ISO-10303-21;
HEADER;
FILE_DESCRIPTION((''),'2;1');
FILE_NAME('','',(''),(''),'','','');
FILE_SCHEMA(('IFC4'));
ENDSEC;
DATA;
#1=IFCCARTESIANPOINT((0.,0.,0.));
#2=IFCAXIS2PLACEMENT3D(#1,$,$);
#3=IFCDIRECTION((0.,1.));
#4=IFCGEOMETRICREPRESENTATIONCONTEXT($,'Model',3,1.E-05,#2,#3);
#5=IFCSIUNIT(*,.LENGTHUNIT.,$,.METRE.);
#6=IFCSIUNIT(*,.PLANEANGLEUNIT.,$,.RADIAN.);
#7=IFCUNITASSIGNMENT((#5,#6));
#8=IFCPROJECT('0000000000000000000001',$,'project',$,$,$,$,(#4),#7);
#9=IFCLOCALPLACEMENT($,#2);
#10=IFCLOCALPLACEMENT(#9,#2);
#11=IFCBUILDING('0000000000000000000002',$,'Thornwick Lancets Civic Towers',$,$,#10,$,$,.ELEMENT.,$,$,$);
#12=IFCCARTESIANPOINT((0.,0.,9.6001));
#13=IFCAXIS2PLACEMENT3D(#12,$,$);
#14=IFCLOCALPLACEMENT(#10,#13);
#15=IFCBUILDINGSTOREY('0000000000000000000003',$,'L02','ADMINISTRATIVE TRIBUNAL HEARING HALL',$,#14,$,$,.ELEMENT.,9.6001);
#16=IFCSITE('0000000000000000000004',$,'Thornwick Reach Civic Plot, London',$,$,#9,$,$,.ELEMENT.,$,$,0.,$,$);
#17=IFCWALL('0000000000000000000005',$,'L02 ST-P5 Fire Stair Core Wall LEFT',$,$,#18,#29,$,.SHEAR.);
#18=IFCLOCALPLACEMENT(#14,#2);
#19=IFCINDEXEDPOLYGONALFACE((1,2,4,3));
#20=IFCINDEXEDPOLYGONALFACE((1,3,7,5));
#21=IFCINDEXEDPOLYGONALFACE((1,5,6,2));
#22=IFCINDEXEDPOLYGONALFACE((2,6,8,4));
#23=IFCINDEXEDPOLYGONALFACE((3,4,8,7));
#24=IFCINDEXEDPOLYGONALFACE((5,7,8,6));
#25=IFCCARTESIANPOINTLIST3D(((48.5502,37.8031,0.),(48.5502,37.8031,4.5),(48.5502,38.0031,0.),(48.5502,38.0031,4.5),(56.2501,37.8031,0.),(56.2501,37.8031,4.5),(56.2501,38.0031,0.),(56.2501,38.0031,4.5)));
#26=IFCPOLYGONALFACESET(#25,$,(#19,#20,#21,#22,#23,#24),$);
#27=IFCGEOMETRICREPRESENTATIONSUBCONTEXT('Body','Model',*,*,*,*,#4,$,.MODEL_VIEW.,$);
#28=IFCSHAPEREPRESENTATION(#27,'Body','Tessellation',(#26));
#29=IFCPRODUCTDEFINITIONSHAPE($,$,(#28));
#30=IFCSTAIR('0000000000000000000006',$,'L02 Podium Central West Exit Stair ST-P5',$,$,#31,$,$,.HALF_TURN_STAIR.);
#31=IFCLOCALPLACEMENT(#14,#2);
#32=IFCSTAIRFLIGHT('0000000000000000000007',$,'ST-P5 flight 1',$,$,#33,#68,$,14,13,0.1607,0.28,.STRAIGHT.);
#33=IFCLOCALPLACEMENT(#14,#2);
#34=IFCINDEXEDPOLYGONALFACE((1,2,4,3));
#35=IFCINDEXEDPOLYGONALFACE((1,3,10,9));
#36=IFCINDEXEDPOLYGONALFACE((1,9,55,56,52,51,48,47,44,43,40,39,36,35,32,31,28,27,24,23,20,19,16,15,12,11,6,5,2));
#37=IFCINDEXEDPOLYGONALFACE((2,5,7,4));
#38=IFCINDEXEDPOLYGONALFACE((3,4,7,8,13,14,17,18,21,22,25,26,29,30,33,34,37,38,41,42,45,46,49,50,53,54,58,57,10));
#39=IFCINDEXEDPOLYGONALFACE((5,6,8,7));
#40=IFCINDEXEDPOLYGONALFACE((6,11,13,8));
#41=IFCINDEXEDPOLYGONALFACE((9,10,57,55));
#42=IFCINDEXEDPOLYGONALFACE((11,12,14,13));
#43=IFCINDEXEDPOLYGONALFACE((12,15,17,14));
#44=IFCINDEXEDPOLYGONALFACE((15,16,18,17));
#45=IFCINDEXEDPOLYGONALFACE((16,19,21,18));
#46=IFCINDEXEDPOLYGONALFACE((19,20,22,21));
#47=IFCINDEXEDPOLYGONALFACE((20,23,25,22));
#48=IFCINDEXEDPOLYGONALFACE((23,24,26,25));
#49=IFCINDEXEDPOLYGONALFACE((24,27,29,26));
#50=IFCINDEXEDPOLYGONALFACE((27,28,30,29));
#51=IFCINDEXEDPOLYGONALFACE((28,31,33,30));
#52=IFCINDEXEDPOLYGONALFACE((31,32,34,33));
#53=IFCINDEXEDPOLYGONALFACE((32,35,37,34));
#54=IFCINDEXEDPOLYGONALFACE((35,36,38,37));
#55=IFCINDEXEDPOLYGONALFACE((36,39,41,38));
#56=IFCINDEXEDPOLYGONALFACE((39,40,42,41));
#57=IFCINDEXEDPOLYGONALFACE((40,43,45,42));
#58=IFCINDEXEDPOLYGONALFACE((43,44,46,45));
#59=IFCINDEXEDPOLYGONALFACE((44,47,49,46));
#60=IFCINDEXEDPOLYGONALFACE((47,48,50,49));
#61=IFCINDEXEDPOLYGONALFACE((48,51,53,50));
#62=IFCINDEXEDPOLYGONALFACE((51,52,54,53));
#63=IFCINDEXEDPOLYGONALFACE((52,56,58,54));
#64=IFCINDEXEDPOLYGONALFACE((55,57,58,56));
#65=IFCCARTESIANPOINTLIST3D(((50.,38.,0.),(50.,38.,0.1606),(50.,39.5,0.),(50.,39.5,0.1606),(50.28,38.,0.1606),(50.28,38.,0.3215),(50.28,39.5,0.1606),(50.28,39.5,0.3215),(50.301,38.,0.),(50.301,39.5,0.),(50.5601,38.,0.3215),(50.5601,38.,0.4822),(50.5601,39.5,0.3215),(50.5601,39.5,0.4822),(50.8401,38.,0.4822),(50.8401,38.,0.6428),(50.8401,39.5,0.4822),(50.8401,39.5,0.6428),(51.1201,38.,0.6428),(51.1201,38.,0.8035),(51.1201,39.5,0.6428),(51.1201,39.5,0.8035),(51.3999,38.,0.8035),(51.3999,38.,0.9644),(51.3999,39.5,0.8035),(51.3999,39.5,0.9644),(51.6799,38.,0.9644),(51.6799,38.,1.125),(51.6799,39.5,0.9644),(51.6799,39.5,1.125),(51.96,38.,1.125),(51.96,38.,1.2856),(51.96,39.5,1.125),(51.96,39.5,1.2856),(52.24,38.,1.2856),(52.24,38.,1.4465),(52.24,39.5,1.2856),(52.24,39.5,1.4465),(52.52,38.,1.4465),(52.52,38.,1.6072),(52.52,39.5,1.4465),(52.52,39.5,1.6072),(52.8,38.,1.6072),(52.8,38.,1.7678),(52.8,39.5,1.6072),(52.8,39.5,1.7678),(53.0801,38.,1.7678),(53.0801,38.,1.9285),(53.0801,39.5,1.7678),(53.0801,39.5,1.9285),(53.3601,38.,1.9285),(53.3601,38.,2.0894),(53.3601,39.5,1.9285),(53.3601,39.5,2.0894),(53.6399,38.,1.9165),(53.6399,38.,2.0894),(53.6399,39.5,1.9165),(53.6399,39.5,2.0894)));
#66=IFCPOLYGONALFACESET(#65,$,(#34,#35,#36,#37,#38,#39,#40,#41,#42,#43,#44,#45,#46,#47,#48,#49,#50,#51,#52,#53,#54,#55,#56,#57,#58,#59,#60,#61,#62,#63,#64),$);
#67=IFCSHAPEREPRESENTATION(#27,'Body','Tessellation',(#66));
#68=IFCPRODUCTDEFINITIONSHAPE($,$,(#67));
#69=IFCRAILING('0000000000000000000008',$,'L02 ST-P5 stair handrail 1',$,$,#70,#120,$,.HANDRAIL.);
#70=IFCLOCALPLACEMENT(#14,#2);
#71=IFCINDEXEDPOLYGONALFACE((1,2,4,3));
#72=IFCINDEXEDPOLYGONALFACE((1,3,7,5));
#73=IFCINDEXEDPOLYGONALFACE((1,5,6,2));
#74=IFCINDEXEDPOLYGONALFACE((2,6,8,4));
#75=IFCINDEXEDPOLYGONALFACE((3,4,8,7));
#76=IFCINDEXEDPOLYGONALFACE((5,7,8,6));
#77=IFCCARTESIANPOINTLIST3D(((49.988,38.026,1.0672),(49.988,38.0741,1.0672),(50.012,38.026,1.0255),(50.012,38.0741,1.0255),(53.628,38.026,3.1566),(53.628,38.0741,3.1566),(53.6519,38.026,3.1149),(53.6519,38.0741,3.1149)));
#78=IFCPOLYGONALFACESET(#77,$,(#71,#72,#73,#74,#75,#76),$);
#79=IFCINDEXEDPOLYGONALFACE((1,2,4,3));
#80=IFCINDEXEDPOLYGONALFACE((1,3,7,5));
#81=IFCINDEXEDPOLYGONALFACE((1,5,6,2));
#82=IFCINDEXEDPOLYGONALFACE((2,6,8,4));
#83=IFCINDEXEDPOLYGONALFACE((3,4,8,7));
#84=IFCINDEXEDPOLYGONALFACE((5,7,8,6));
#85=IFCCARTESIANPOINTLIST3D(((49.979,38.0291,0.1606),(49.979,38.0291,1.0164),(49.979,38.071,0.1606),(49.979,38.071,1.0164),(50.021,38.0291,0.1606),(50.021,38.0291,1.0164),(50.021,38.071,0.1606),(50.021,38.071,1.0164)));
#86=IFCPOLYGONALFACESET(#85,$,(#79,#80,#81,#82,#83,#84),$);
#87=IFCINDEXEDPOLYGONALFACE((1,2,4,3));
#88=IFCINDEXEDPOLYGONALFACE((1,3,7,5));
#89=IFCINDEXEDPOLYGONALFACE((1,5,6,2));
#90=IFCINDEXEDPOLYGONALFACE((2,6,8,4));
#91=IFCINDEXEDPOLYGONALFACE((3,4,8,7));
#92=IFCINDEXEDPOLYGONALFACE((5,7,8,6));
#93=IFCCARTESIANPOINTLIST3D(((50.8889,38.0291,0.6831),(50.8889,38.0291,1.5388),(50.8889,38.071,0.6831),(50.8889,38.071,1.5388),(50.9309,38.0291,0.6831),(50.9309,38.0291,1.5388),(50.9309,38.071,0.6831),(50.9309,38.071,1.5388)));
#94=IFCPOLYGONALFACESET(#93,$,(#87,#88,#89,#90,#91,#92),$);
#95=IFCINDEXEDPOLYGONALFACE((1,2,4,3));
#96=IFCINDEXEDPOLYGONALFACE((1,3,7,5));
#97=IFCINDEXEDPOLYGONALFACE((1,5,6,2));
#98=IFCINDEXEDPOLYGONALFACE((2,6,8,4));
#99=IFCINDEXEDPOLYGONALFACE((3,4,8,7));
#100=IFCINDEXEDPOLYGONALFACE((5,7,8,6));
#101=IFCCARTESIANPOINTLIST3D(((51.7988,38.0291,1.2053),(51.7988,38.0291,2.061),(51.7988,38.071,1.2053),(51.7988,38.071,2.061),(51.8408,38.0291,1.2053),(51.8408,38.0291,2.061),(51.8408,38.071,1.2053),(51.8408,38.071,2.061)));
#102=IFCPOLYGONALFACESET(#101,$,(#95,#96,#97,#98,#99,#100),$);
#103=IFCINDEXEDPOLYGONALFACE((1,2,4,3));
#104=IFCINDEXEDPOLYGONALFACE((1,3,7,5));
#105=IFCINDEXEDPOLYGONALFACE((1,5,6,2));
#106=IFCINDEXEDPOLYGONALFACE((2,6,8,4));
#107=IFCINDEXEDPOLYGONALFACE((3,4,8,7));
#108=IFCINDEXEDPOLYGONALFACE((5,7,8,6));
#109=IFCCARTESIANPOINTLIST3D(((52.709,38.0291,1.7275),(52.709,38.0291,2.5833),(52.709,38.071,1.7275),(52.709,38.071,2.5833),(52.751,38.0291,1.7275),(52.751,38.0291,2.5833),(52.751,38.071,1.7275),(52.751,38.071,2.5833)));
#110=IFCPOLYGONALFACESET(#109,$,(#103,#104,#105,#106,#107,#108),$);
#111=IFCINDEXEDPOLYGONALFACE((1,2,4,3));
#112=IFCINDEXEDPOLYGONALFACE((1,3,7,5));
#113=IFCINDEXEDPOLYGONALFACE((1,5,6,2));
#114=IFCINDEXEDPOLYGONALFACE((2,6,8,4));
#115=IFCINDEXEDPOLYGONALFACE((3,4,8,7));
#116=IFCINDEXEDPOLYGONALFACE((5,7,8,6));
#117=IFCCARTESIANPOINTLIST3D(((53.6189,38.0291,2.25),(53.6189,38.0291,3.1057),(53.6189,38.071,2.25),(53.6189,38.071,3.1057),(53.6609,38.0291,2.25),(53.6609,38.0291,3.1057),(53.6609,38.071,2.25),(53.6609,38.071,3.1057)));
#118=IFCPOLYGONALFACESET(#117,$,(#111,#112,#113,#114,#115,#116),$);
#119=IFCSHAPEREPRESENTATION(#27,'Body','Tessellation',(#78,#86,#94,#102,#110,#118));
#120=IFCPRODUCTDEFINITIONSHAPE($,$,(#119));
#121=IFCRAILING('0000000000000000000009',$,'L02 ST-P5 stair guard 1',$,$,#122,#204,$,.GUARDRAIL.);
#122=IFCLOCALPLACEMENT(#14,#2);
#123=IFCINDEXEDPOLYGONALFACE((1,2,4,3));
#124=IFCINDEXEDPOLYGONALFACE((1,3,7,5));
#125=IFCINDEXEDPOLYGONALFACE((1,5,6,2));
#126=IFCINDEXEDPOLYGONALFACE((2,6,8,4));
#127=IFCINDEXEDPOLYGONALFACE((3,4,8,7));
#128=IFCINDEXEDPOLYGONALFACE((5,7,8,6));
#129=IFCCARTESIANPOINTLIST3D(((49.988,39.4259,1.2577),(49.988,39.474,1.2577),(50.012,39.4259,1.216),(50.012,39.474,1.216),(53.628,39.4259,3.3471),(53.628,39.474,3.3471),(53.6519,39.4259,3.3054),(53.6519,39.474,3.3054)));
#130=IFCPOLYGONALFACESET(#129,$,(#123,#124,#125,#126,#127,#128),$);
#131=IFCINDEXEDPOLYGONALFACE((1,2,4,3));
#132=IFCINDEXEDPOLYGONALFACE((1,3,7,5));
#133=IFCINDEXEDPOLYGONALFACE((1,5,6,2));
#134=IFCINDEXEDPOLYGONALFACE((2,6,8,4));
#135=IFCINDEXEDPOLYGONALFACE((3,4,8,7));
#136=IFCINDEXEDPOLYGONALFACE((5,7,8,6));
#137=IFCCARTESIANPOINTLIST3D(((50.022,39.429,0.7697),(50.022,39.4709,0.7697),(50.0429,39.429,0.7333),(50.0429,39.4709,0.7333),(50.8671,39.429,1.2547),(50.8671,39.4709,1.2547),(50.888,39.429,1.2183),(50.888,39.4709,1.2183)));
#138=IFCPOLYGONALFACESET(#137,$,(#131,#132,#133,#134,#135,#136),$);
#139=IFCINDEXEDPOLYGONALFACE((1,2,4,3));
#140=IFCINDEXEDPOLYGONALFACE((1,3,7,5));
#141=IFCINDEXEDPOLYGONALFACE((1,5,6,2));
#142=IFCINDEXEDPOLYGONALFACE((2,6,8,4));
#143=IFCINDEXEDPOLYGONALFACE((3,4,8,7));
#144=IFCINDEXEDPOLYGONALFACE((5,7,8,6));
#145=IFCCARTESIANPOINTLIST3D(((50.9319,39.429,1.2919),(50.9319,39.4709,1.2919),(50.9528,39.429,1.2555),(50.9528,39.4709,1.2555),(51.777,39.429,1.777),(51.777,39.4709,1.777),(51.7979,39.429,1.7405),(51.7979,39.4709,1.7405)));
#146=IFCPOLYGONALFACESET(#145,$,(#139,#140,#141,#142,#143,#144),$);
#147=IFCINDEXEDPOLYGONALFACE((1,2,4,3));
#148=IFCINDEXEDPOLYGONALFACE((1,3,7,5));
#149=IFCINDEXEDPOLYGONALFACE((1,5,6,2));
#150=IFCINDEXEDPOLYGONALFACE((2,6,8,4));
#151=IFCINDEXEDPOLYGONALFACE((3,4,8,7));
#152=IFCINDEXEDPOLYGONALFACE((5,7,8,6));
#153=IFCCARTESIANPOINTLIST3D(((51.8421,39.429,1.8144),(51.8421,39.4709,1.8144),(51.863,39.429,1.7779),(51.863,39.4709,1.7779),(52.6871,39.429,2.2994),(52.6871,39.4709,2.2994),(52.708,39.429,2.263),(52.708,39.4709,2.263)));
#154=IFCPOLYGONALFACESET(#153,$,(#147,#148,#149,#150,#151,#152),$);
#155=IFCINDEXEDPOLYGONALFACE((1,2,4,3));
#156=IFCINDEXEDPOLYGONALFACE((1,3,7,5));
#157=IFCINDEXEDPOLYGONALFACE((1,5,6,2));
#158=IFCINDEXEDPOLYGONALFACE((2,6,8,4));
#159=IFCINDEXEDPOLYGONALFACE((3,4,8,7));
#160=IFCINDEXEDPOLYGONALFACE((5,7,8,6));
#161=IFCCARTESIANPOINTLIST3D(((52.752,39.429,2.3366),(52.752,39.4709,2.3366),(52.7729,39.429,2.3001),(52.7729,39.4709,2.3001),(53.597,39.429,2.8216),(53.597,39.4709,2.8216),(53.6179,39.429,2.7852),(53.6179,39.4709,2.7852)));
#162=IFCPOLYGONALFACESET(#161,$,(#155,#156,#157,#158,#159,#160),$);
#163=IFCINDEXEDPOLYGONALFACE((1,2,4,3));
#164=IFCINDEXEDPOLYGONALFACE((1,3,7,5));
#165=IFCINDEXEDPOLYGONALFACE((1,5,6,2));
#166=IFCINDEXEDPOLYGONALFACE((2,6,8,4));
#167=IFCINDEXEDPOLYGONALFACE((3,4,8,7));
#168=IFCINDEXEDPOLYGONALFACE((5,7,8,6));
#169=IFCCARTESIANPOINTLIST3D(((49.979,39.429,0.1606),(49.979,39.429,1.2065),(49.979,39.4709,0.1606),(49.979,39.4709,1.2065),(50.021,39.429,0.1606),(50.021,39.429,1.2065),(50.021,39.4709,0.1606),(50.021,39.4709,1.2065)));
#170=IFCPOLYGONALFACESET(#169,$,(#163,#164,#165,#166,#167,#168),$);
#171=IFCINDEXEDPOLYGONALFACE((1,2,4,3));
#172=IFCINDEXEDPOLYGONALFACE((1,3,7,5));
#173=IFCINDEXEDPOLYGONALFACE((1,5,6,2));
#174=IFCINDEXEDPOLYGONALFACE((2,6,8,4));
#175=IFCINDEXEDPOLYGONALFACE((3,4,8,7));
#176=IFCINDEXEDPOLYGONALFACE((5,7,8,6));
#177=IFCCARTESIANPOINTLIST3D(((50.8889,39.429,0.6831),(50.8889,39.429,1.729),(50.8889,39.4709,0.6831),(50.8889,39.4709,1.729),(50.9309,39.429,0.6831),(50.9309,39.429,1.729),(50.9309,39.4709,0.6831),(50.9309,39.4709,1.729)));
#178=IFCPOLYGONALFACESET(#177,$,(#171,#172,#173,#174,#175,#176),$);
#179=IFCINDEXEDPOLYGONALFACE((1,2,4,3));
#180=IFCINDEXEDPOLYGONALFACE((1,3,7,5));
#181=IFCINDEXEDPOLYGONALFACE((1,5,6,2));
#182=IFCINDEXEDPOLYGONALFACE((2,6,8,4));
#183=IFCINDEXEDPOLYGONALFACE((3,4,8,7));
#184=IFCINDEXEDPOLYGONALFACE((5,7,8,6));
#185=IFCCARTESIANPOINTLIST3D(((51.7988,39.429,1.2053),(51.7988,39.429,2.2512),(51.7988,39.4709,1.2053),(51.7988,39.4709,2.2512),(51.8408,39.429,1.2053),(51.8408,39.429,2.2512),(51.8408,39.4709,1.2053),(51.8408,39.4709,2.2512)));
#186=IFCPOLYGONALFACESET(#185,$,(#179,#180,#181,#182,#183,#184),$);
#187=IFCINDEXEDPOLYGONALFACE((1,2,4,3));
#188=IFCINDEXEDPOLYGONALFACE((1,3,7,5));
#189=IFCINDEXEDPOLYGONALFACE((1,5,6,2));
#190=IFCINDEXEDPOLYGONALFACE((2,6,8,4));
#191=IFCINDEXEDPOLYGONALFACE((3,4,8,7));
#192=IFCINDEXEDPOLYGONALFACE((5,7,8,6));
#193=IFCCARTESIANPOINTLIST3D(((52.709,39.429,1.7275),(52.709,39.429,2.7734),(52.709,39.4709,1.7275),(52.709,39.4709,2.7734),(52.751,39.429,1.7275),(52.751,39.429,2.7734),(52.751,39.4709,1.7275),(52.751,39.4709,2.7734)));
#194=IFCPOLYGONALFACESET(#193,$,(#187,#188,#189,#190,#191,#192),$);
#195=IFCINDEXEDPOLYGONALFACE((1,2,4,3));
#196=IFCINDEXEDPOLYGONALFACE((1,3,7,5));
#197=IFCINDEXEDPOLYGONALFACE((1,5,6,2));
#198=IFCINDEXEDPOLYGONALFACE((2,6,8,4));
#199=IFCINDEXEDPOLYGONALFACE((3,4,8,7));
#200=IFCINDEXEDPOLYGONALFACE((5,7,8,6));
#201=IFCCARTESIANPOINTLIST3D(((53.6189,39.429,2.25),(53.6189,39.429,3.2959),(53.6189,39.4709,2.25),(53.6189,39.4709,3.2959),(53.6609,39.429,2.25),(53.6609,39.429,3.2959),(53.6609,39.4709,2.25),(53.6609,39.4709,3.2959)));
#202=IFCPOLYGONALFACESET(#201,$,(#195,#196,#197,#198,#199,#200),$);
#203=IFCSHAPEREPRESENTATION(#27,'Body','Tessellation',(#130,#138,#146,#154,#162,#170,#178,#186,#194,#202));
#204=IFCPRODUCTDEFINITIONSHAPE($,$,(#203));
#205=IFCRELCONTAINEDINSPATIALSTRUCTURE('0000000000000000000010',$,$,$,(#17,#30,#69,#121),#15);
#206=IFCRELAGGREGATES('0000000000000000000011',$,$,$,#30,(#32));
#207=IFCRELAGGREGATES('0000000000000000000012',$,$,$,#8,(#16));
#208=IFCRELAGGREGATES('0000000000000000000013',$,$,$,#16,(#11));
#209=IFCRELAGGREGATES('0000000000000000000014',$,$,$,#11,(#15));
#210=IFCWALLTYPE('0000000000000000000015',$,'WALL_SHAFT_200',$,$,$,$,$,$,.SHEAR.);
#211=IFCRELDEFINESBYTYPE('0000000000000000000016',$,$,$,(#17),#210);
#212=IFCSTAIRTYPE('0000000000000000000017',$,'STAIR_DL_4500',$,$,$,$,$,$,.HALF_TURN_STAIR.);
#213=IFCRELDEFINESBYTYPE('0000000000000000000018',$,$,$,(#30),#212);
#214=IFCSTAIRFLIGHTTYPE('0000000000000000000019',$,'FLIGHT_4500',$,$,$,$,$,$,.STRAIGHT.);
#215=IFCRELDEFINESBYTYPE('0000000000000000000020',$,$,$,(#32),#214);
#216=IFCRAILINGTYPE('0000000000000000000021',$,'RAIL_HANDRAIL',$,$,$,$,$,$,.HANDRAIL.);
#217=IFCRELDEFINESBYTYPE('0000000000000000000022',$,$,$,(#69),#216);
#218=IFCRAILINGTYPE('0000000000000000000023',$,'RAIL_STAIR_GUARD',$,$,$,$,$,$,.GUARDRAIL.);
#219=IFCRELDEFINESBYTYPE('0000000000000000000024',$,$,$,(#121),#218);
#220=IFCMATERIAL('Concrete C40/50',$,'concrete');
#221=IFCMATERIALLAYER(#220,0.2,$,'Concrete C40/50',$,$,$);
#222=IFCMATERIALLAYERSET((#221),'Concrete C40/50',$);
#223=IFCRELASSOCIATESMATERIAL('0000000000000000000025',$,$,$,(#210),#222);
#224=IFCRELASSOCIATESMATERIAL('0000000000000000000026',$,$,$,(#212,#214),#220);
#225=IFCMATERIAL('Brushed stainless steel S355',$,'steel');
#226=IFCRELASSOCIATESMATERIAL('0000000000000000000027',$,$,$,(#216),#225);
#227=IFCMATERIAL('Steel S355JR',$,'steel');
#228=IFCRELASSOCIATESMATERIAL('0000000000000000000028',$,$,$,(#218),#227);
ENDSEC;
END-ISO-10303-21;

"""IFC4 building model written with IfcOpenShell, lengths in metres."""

from ifc_helpers import new_model, si_unit, direction, frame, frame_2d, origin, origin_2d, place, context, subcontext, project, spatial, polyline, rectangle, outline, extrude, material, layer, layer_set, type_object, element, aggregate, save


model = new_model("IFC4")

# Units and contexts
model_context = context("Model", 3, precision=1e-05, world=origin(), true_north=direction((0.0, 1.0)))
body_context = subcontext(model_context, "Body", "Model", "MODEL_VIEW")
ifc_project = project(units=[si_unit("LENGTHUNIT", "METRE"), si_unit("PLANEANGLEUNIT", "RADIAN")], contexts=[model_context])

# Site, building, storey
site_placement = place(None, origin())
site = spatial("IfcSite", under=ifc_project, at=site_placement, Name="Thornwick Reach Civic Plot, London", CompositionType="ELEMENT", RefElevation=0.0)
building_placement = place(site_placement, origin())
building = spatial("IfcBuilding", under=site, at=building_placement, Name="Thornwick Lancets Civic Towers", CompositionType="ELEMENT")
storey_placement = place(building_placement, frame((0.0, 0.0, 9.6001)))
storey = spatial("IfcBuildingStorey", under=building, at=storey_placement, Name="L02", Description="ADMINISTRATIVE TRIBUNAL HEARING HALL", CompositionType="ELEMENT", Elevation=9.6001)

# Shared definitions
ifc_material_1 = material(Name="Concrete C40/50", Category="concrete")

# Shared definitions
ifc_material_2 = material(Name="Steel S355JR", Category="steel")

# Shared definitions
ifc_layer_1 = layer(ifc_material_1, 0.2, Name="Concrete C40/50")
ifc_layer_set_1 = layer_set([ifc_layer_1], Name="Concrete C40/50")
wall_type_1 = type_object("IfcWallType", Name="WALL_SHAFT_200", PredefinedType="SHEAR", material=ifc_layer_set_1)

# Wall
wall_1_placement = place(storey_placement, frame((48.55, 37.9031, 0.0), z_axis=(0.0, 0.0, 1.0), x_axis=(1.0, 0.0, 0.0)))
element("IfcWall", 1, at=wall_1_placement, inside=storey, type_object=wall_type_1, Name="L02 ST-P5 Fire Stair Core Wall LEFT", PredefinedType="SHEAR", context=body_context, shape_type="SweptSolid", body=[
    extrude(rectangle(XDim=7.7, YDim=0.2, at=frame_2d((3.8501, 0.0))), origin(), (0.0, 0.0, 1.0), 4.5),
])

# Stair, stair flight
stair_type = type_object("IfcStairType", Name="STAIR_DL_4500", PredefinedType="HALF_TURN_STAIR", material=ifc_material_1)
stair_placement = place(storey_placement, origin())
stair = element("IfcStair", 2, at=stair_placement, inside=storey, type_object=stair_type, Name="L02 Podium Central West Exit Stair ST-P5", PredefinedType="HALF_TURN_STAIR")
stair_flight_type = type_object("IfcStairFlightType", Name="FLIGHT_4500", PredefinedType="STRAIGHT", material=ifc_material_1)
stair_flight_placement = place(storey_placement, frame((50.0, 38.75, 0.0), z_axis=(0.0, 0.0, 1.0), x_axis=(1.0, 0.0, 0.0)))
stair_flight = element("IfcStairFlight", 3, at=stair_flight_placement, type_object=stair_flight_type, Name="ST-P5 flight 1", NumberOfRisers=14, NumberOfTreads=13, PredefinedType="STRAIGHT", RiserHeight=0.1607, TreadLength=0.28, context=body_context, shape_type="SweptSolid", body=[
    extrude(outline(polyline([(0.0, 0.0), (0.0, 0.1606), (0.28, 0.1606), (0.28, 0.3215), (0.5601, 0.3215), (0.5601, 0.4822), (0.8401, 0.4822), (0.8401, 0.6428), (1.1201, 0.6428), (1.1201, 0.8035), (1.3999, 0.8035), (1.3999, 0.9644), (1.6799, 0.9644), (1.6799, 1.125), (1.96, 1.125), (1.96, 1.2856), (2.24, 1.2856), (2.24, 1.4465), (2.52, 1.4465), (2.52, 1.6072), (2.8, 1.6072), (2.8, 1.7678), (3.0801, 1.7678), (3.0801, 1.9285), (3.3601, 1.9285), (3.3601, 2.0894), (3.6399, 2.0894), (3.6399, 2.25), (3.6399, 1.9165), (0.301, 0.0), (0.0, 0.0)])), frame((0.0, 0.75, 0.0), z_axis=(0.0, -1.0, 0.0), x_axis=(1.0, 0.0, 0.0)), (0.0, 0.0, 1.0), 1.5),
])
aggregate(stair, [stair_flight])

# Railings
ifc_material_3 = material(Name="Brushed stainless steel S355", Category="steel")
railing_type_1 = type_object("IfcRailingType", Name="RAIL_HANDRAIL", PredefinedType="HANDRAIL", material=ifc_material_3)
railing_1_placement = place(storey_placement, frame((50.0, 38.05, 0.1606)))
element("IfcRailing", 4, at=railing_1_placement, inside=storey, type_object=railing_type_1, Name="L02 ST-P5 stair handrail 1", PredefinedType="HANDRAIL", context=body_context, shape_type="SweptSolid", body=[
    extrude(rectangle(XDim=0.0481, YDim=0.0481, at=origin_2d()), frame((0.0, 0.0, 0.8857), z_axis=(0.867275, 0.0, 0.497829), x_axis=(0.0, 1.0, 0.0)), (0.0, 0.0, 1.0), 4.197),
    extrude(rectangle(XDim=0.042, YDim=0.042, at=origin_2d()), origin(), (0.0, 0.0, 1.0), 0.8557),
    extrude(rectangle(XDim=0.042, YDim=0.042, at=origin_2d()), frame((0.9099, 0.0, 0.5225)), (0.0, 0.0, 1.0), 0.8557),
    extrude(rectangle(XDim=0.042, YDim=0.042, at=origin_2d()), frame((1.8198, 0.0, 1.0447)), (0.0, 0.0, 1.0), 0.8557),
    extrude(rectangle(XDim=0.042, YDim=0.042, at=origin_2d()), frame((2.73, 0.0, 1.5669)), (0.0, 0.0, 1.0), 0.8557),
    extrude(rectangle(XDim=0.042, YDim=0.042, at=origin_2d()), frame((3.6399, 0.0, 2.0894)), (0.0, 0.0, 1.0), 0.8557),
])
railing_type_2 = type_object("IfcRailingType", Name="RAIL_STAIR_GUARD", PredefinedType="GUARDRAIL", material=ifc_material_2)
railing_2_placement = place(storey_placement, frame((50.0, 39.45, 0.1606)))
element("IfcRailing", 5, at=railing_2_placement, inside=storey, type_object=railing_type_2, Name="L02 ST-P5 stair guard 1", PredefinedType="GUARDRAIL", context=body_context, shape_type="SweptSolid", body=[
    extrude(rectangle(XDim=0.0481, YDim=0.0481, at=origin_2d()), frame((0.0, 0.0, 1.0762), z_axis=(0.867275, 0.0, 0.497829), x_axis=(0.0, 1.0, 0.0)), (0.0, 0.0, 1.0), 4.197),
    extrude(rectangle(XDim=0.042, YDim=0.042, at=origin_2d()), frame((0.0325, 0.0, 0.5908), z_axis=(0.867275, 0.0, 0.497829), x_axis=(0.0, 1.0, 0.0)), (0.0, 0.0, 1.0), 0.9744),
    extrude(rectangle(XDim=0.042, YDim=0.042, at=origin_2d()), frame((0.9424, 0.0, 1.113), z_axis=(0.867275, 0.0, 0.497829), x_axis=(0.0, 1.0, 0.0)), (0.0, 0.0, 1.0), 0.9744),
    extrude(rectangle(XDim=0.042, YDim=0.042, at=origin_2d()), frame((1.8525, 0.0, 1.6355), z_axis=(0.867275, 0.0, 0.497829), x_axis=(0.0, 1.0, 0.0)), (0.0, 0.0, 1.0), 0.9744),
    extrude(rectangle(XDim=0.042, YDim=0.042, at=origin_2d()), frame((2.7625, 0.0, 2.1577), z_axis=(0.867275, 0.0, 0.497829), x_axis=(0.0, 1.0, 0.0)), (0.0, 0.0, 1.0), 0.9744),
    extrude(rectangle(XDim=0.042, YDim=0.042, at=origin_2d()), origin(), (0.0, 0.0, 1.0), 1.0459),
    extrude(rectangle(XDim=0.042, YDim=0.042, at=origin_2d()), frame((0.9099, 0.0, 0.5225)), (0.0, 0.0, 1.0), 1.0459),
    extrude(rectangle(XDim=0.042, YDim=0.042, at=origin_2d()), frame((1.8198, 0.0, 1.0447)), (0.0, 0.0, 1.0), 1.0459),
    extrude(rectangle(XDim=0.042, YDim=0.042, at=origin_2d()), frame((2.73, 0.0, 1.5669)), (0.0, 0.0, 1.0), 1.0459),
    extrude(rectangle(XDim=0.042, YDim=0.042, at=origin_2d()), frame((3.6399, 0.0, 2.0894)), (0.0, 0.0, 1.0), 1.0459),
])

save(model, "model.ifc")
